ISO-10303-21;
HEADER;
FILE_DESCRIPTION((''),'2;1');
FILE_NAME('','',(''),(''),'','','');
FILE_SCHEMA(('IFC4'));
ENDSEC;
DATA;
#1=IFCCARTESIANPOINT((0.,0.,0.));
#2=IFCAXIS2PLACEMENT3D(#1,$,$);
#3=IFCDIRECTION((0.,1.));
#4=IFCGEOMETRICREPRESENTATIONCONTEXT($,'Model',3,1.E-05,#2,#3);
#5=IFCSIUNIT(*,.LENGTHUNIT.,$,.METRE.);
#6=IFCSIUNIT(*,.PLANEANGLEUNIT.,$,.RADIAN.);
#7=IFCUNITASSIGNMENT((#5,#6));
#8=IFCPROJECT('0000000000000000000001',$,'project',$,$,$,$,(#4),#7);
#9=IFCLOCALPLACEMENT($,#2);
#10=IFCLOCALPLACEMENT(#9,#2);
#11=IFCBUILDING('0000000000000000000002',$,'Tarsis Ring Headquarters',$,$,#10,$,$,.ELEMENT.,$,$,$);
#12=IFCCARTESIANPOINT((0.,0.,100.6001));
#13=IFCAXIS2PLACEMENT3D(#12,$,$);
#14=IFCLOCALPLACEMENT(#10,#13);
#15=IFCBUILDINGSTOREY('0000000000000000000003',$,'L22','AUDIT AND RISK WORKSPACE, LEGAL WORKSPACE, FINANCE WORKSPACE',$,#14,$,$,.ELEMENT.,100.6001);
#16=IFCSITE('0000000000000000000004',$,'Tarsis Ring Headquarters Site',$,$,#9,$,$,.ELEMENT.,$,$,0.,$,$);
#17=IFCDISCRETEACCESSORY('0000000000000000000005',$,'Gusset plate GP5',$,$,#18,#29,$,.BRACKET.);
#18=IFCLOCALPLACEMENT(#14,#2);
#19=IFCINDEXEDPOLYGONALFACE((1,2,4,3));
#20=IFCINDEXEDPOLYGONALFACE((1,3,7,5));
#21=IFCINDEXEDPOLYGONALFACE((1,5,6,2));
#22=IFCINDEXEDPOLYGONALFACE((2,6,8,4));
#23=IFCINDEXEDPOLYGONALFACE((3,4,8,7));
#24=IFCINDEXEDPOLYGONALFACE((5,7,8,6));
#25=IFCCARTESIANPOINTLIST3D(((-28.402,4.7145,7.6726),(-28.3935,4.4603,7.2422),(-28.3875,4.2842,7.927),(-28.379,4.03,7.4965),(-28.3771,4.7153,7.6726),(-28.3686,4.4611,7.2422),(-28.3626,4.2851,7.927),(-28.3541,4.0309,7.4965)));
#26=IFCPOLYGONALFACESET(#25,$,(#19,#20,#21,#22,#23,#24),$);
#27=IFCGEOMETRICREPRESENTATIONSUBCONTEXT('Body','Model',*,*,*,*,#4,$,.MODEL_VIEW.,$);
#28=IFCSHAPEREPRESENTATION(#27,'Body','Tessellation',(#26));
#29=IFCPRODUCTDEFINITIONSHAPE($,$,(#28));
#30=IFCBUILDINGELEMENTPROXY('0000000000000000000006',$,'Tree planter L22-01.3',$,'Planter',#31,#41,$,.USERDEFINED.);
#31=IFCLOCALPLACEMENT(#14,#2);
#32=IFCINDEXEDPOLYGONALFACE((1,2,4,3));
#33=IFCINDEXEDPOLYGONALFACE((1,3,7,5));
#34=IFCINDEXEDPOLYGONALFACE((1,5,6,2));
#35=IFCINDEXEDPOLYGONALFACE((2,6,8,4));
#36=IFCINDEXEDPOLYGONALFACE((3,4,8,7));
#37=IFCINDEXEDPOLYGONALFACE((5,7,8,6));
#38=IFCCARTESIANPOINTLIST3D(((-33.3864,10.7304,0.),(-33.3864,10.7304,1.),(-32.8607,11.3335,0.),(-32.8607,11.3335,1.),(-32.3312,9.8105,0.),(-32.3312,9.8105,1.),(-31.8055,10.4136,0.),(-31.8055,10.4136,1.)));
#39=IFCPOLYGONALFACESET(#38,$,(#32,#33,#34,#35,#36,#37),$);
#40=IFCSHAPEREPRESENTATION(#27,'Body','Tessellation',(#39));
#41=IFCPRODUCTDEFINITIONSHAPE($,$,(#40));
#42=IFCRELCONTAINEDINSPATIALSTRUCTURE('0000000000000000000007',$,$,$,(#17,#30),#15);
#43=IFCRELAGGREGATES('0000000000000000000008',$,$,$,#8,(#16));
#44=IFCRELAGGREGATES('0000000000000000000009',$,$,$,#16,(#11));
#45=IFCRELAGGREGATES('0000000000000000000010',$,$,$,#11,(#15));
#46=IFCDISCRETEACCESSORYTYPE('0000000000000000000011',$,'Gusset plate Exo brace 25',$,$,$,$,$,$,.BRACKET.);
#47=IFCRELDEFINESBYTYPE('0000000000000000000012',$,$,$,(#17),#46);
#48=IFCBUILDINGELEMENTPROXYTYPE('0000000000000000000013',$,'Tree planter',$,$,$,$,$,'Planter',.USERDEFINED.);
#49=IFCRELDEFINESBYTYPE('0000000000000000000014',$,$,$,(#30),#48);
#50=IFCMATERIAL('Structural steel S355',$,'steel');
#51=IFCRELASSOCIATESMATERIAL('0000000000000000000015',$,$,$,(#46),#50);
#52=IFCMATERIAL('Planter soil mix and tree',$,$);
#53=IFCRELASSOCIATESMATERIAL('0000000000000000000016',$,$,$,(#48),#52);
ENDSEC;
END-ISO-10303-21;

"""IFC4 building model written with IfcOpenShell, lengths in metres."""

from ifc_helpers import new_model, si_unit, direction, frame, origin, origin_2d, place, context, subcontext, project, spatial, rectangle, extrude, material, material_profile, profile_set, type_object, element, save


model = new_model("IFC4")

# Units and contexts
model_context = context("Model", 3, precision=1e-05, world=origin(), true_north=direction((0.0, 1.0)))
body_context = subcontext(model_context, "Body", "Model", "MODEL_VIEW")
ifc_project = project(units=[si_unit("LENGTHUNIT", "METRE"), si_unit("PLANEANGLEUNIT", "RADIAN")], contexts=[model_context])

# Site, building, storey
site_placement = place(None, origin())
site = spatial("IfcSite", under=ifc_project, at=site_placement, Name="Tarsis Ring Headquarters Site", CompositionType="ELEMENT", RefElevation=0.0)
building_placement = place(site_placement, origin())
building = spatial("IfcBuilding", under=site, at=building_placement, Name="Tarsis Ring Headquarters", CompositionType="ELEMENT")
storey_placement = place(building_placement, frame((0.0, 0.0, 100.6001)))
storey = spatial("IfcBuildingStorey", under=building, at=storey_placement, Name="L22", Description="AUDIT AND RISK WORKSPACE, LEGAL WORKSPACE, FINANCE WORKSPACE", CompositionType="ELEMENT", Elevation=100.6001)

# Shared definitions
ifc_material_1 = material(Name="Structural steel S355", Category="steel")

# Discrete accessory
ifc_material_profile_1 = material_profile(ifc_material_1, rectangle(XDim=0.0249, YDim=0.5, at=origin_2d()), Name="PL 25x500")
ifc_profile_set_1 = profile_set([ifc_material_profile_1], Name="Structural steel S355")
discrete_accessory_type = type_object("IfcDiscreteAccessoryType", Name="Gusset plate Exo brace 25", PredefinedType="BRACKET", material=ifc_profile_set_1)
discrete_accessory_placement = place(storey_placement, frame((-28.3823, 4.4998, 7.7998), z_axis=(0.017092, -0.508375, -0.860966), x_axis=(0.999435, 0.033603, 0.0)))
element("IfcDiscreteAccessory", 1, at=discrete_accessory_placement, inside=storey, type_object=discrete_accessory_type, Name="Gusset plate GP5", PredefinedType="BRACKET", context=body_context, shape_type="SweptSolid", body=[
    extrude(rectangle(XDim=0.0249, YDim=0.5, at=origin_2d()), origin(), (0.0, 0.0, 1.0), 0.5),
])

# Building element proxy
ifc_material_2 = material(Name="Planter soil mix and tree")
building_element_proxy_type = type_object("IfcBuildingElementProxyType", Name="Tree planter", ElementType="Planter", PredefinedType="USERDEFINED", material=ifc_material_2)
proxy_placement = place(storey_placement, frame((-32.5959, 10.572, 0.0), z_axis=(0.0, 0.0, 1.0), x_axis=(0.753793, -0.657112, 0.0)))
element("IfcBuildingElementProxy", 2, at=proxy_placement, inside=storey, type_object=building_element_proxy_type, Name="Tree planter L22-01.3", ObjectType="Planter", PredefinedType="USERDEFINED", context=body_context, shape_type="SweptSolid", body=[
    extrude(rectangle(XDim=1.3999, YDim=0.8, at=origin_2d()), origin(), (0.0, 0.0, 1.0), 1.0),
])

save(model, "model.ifc")
